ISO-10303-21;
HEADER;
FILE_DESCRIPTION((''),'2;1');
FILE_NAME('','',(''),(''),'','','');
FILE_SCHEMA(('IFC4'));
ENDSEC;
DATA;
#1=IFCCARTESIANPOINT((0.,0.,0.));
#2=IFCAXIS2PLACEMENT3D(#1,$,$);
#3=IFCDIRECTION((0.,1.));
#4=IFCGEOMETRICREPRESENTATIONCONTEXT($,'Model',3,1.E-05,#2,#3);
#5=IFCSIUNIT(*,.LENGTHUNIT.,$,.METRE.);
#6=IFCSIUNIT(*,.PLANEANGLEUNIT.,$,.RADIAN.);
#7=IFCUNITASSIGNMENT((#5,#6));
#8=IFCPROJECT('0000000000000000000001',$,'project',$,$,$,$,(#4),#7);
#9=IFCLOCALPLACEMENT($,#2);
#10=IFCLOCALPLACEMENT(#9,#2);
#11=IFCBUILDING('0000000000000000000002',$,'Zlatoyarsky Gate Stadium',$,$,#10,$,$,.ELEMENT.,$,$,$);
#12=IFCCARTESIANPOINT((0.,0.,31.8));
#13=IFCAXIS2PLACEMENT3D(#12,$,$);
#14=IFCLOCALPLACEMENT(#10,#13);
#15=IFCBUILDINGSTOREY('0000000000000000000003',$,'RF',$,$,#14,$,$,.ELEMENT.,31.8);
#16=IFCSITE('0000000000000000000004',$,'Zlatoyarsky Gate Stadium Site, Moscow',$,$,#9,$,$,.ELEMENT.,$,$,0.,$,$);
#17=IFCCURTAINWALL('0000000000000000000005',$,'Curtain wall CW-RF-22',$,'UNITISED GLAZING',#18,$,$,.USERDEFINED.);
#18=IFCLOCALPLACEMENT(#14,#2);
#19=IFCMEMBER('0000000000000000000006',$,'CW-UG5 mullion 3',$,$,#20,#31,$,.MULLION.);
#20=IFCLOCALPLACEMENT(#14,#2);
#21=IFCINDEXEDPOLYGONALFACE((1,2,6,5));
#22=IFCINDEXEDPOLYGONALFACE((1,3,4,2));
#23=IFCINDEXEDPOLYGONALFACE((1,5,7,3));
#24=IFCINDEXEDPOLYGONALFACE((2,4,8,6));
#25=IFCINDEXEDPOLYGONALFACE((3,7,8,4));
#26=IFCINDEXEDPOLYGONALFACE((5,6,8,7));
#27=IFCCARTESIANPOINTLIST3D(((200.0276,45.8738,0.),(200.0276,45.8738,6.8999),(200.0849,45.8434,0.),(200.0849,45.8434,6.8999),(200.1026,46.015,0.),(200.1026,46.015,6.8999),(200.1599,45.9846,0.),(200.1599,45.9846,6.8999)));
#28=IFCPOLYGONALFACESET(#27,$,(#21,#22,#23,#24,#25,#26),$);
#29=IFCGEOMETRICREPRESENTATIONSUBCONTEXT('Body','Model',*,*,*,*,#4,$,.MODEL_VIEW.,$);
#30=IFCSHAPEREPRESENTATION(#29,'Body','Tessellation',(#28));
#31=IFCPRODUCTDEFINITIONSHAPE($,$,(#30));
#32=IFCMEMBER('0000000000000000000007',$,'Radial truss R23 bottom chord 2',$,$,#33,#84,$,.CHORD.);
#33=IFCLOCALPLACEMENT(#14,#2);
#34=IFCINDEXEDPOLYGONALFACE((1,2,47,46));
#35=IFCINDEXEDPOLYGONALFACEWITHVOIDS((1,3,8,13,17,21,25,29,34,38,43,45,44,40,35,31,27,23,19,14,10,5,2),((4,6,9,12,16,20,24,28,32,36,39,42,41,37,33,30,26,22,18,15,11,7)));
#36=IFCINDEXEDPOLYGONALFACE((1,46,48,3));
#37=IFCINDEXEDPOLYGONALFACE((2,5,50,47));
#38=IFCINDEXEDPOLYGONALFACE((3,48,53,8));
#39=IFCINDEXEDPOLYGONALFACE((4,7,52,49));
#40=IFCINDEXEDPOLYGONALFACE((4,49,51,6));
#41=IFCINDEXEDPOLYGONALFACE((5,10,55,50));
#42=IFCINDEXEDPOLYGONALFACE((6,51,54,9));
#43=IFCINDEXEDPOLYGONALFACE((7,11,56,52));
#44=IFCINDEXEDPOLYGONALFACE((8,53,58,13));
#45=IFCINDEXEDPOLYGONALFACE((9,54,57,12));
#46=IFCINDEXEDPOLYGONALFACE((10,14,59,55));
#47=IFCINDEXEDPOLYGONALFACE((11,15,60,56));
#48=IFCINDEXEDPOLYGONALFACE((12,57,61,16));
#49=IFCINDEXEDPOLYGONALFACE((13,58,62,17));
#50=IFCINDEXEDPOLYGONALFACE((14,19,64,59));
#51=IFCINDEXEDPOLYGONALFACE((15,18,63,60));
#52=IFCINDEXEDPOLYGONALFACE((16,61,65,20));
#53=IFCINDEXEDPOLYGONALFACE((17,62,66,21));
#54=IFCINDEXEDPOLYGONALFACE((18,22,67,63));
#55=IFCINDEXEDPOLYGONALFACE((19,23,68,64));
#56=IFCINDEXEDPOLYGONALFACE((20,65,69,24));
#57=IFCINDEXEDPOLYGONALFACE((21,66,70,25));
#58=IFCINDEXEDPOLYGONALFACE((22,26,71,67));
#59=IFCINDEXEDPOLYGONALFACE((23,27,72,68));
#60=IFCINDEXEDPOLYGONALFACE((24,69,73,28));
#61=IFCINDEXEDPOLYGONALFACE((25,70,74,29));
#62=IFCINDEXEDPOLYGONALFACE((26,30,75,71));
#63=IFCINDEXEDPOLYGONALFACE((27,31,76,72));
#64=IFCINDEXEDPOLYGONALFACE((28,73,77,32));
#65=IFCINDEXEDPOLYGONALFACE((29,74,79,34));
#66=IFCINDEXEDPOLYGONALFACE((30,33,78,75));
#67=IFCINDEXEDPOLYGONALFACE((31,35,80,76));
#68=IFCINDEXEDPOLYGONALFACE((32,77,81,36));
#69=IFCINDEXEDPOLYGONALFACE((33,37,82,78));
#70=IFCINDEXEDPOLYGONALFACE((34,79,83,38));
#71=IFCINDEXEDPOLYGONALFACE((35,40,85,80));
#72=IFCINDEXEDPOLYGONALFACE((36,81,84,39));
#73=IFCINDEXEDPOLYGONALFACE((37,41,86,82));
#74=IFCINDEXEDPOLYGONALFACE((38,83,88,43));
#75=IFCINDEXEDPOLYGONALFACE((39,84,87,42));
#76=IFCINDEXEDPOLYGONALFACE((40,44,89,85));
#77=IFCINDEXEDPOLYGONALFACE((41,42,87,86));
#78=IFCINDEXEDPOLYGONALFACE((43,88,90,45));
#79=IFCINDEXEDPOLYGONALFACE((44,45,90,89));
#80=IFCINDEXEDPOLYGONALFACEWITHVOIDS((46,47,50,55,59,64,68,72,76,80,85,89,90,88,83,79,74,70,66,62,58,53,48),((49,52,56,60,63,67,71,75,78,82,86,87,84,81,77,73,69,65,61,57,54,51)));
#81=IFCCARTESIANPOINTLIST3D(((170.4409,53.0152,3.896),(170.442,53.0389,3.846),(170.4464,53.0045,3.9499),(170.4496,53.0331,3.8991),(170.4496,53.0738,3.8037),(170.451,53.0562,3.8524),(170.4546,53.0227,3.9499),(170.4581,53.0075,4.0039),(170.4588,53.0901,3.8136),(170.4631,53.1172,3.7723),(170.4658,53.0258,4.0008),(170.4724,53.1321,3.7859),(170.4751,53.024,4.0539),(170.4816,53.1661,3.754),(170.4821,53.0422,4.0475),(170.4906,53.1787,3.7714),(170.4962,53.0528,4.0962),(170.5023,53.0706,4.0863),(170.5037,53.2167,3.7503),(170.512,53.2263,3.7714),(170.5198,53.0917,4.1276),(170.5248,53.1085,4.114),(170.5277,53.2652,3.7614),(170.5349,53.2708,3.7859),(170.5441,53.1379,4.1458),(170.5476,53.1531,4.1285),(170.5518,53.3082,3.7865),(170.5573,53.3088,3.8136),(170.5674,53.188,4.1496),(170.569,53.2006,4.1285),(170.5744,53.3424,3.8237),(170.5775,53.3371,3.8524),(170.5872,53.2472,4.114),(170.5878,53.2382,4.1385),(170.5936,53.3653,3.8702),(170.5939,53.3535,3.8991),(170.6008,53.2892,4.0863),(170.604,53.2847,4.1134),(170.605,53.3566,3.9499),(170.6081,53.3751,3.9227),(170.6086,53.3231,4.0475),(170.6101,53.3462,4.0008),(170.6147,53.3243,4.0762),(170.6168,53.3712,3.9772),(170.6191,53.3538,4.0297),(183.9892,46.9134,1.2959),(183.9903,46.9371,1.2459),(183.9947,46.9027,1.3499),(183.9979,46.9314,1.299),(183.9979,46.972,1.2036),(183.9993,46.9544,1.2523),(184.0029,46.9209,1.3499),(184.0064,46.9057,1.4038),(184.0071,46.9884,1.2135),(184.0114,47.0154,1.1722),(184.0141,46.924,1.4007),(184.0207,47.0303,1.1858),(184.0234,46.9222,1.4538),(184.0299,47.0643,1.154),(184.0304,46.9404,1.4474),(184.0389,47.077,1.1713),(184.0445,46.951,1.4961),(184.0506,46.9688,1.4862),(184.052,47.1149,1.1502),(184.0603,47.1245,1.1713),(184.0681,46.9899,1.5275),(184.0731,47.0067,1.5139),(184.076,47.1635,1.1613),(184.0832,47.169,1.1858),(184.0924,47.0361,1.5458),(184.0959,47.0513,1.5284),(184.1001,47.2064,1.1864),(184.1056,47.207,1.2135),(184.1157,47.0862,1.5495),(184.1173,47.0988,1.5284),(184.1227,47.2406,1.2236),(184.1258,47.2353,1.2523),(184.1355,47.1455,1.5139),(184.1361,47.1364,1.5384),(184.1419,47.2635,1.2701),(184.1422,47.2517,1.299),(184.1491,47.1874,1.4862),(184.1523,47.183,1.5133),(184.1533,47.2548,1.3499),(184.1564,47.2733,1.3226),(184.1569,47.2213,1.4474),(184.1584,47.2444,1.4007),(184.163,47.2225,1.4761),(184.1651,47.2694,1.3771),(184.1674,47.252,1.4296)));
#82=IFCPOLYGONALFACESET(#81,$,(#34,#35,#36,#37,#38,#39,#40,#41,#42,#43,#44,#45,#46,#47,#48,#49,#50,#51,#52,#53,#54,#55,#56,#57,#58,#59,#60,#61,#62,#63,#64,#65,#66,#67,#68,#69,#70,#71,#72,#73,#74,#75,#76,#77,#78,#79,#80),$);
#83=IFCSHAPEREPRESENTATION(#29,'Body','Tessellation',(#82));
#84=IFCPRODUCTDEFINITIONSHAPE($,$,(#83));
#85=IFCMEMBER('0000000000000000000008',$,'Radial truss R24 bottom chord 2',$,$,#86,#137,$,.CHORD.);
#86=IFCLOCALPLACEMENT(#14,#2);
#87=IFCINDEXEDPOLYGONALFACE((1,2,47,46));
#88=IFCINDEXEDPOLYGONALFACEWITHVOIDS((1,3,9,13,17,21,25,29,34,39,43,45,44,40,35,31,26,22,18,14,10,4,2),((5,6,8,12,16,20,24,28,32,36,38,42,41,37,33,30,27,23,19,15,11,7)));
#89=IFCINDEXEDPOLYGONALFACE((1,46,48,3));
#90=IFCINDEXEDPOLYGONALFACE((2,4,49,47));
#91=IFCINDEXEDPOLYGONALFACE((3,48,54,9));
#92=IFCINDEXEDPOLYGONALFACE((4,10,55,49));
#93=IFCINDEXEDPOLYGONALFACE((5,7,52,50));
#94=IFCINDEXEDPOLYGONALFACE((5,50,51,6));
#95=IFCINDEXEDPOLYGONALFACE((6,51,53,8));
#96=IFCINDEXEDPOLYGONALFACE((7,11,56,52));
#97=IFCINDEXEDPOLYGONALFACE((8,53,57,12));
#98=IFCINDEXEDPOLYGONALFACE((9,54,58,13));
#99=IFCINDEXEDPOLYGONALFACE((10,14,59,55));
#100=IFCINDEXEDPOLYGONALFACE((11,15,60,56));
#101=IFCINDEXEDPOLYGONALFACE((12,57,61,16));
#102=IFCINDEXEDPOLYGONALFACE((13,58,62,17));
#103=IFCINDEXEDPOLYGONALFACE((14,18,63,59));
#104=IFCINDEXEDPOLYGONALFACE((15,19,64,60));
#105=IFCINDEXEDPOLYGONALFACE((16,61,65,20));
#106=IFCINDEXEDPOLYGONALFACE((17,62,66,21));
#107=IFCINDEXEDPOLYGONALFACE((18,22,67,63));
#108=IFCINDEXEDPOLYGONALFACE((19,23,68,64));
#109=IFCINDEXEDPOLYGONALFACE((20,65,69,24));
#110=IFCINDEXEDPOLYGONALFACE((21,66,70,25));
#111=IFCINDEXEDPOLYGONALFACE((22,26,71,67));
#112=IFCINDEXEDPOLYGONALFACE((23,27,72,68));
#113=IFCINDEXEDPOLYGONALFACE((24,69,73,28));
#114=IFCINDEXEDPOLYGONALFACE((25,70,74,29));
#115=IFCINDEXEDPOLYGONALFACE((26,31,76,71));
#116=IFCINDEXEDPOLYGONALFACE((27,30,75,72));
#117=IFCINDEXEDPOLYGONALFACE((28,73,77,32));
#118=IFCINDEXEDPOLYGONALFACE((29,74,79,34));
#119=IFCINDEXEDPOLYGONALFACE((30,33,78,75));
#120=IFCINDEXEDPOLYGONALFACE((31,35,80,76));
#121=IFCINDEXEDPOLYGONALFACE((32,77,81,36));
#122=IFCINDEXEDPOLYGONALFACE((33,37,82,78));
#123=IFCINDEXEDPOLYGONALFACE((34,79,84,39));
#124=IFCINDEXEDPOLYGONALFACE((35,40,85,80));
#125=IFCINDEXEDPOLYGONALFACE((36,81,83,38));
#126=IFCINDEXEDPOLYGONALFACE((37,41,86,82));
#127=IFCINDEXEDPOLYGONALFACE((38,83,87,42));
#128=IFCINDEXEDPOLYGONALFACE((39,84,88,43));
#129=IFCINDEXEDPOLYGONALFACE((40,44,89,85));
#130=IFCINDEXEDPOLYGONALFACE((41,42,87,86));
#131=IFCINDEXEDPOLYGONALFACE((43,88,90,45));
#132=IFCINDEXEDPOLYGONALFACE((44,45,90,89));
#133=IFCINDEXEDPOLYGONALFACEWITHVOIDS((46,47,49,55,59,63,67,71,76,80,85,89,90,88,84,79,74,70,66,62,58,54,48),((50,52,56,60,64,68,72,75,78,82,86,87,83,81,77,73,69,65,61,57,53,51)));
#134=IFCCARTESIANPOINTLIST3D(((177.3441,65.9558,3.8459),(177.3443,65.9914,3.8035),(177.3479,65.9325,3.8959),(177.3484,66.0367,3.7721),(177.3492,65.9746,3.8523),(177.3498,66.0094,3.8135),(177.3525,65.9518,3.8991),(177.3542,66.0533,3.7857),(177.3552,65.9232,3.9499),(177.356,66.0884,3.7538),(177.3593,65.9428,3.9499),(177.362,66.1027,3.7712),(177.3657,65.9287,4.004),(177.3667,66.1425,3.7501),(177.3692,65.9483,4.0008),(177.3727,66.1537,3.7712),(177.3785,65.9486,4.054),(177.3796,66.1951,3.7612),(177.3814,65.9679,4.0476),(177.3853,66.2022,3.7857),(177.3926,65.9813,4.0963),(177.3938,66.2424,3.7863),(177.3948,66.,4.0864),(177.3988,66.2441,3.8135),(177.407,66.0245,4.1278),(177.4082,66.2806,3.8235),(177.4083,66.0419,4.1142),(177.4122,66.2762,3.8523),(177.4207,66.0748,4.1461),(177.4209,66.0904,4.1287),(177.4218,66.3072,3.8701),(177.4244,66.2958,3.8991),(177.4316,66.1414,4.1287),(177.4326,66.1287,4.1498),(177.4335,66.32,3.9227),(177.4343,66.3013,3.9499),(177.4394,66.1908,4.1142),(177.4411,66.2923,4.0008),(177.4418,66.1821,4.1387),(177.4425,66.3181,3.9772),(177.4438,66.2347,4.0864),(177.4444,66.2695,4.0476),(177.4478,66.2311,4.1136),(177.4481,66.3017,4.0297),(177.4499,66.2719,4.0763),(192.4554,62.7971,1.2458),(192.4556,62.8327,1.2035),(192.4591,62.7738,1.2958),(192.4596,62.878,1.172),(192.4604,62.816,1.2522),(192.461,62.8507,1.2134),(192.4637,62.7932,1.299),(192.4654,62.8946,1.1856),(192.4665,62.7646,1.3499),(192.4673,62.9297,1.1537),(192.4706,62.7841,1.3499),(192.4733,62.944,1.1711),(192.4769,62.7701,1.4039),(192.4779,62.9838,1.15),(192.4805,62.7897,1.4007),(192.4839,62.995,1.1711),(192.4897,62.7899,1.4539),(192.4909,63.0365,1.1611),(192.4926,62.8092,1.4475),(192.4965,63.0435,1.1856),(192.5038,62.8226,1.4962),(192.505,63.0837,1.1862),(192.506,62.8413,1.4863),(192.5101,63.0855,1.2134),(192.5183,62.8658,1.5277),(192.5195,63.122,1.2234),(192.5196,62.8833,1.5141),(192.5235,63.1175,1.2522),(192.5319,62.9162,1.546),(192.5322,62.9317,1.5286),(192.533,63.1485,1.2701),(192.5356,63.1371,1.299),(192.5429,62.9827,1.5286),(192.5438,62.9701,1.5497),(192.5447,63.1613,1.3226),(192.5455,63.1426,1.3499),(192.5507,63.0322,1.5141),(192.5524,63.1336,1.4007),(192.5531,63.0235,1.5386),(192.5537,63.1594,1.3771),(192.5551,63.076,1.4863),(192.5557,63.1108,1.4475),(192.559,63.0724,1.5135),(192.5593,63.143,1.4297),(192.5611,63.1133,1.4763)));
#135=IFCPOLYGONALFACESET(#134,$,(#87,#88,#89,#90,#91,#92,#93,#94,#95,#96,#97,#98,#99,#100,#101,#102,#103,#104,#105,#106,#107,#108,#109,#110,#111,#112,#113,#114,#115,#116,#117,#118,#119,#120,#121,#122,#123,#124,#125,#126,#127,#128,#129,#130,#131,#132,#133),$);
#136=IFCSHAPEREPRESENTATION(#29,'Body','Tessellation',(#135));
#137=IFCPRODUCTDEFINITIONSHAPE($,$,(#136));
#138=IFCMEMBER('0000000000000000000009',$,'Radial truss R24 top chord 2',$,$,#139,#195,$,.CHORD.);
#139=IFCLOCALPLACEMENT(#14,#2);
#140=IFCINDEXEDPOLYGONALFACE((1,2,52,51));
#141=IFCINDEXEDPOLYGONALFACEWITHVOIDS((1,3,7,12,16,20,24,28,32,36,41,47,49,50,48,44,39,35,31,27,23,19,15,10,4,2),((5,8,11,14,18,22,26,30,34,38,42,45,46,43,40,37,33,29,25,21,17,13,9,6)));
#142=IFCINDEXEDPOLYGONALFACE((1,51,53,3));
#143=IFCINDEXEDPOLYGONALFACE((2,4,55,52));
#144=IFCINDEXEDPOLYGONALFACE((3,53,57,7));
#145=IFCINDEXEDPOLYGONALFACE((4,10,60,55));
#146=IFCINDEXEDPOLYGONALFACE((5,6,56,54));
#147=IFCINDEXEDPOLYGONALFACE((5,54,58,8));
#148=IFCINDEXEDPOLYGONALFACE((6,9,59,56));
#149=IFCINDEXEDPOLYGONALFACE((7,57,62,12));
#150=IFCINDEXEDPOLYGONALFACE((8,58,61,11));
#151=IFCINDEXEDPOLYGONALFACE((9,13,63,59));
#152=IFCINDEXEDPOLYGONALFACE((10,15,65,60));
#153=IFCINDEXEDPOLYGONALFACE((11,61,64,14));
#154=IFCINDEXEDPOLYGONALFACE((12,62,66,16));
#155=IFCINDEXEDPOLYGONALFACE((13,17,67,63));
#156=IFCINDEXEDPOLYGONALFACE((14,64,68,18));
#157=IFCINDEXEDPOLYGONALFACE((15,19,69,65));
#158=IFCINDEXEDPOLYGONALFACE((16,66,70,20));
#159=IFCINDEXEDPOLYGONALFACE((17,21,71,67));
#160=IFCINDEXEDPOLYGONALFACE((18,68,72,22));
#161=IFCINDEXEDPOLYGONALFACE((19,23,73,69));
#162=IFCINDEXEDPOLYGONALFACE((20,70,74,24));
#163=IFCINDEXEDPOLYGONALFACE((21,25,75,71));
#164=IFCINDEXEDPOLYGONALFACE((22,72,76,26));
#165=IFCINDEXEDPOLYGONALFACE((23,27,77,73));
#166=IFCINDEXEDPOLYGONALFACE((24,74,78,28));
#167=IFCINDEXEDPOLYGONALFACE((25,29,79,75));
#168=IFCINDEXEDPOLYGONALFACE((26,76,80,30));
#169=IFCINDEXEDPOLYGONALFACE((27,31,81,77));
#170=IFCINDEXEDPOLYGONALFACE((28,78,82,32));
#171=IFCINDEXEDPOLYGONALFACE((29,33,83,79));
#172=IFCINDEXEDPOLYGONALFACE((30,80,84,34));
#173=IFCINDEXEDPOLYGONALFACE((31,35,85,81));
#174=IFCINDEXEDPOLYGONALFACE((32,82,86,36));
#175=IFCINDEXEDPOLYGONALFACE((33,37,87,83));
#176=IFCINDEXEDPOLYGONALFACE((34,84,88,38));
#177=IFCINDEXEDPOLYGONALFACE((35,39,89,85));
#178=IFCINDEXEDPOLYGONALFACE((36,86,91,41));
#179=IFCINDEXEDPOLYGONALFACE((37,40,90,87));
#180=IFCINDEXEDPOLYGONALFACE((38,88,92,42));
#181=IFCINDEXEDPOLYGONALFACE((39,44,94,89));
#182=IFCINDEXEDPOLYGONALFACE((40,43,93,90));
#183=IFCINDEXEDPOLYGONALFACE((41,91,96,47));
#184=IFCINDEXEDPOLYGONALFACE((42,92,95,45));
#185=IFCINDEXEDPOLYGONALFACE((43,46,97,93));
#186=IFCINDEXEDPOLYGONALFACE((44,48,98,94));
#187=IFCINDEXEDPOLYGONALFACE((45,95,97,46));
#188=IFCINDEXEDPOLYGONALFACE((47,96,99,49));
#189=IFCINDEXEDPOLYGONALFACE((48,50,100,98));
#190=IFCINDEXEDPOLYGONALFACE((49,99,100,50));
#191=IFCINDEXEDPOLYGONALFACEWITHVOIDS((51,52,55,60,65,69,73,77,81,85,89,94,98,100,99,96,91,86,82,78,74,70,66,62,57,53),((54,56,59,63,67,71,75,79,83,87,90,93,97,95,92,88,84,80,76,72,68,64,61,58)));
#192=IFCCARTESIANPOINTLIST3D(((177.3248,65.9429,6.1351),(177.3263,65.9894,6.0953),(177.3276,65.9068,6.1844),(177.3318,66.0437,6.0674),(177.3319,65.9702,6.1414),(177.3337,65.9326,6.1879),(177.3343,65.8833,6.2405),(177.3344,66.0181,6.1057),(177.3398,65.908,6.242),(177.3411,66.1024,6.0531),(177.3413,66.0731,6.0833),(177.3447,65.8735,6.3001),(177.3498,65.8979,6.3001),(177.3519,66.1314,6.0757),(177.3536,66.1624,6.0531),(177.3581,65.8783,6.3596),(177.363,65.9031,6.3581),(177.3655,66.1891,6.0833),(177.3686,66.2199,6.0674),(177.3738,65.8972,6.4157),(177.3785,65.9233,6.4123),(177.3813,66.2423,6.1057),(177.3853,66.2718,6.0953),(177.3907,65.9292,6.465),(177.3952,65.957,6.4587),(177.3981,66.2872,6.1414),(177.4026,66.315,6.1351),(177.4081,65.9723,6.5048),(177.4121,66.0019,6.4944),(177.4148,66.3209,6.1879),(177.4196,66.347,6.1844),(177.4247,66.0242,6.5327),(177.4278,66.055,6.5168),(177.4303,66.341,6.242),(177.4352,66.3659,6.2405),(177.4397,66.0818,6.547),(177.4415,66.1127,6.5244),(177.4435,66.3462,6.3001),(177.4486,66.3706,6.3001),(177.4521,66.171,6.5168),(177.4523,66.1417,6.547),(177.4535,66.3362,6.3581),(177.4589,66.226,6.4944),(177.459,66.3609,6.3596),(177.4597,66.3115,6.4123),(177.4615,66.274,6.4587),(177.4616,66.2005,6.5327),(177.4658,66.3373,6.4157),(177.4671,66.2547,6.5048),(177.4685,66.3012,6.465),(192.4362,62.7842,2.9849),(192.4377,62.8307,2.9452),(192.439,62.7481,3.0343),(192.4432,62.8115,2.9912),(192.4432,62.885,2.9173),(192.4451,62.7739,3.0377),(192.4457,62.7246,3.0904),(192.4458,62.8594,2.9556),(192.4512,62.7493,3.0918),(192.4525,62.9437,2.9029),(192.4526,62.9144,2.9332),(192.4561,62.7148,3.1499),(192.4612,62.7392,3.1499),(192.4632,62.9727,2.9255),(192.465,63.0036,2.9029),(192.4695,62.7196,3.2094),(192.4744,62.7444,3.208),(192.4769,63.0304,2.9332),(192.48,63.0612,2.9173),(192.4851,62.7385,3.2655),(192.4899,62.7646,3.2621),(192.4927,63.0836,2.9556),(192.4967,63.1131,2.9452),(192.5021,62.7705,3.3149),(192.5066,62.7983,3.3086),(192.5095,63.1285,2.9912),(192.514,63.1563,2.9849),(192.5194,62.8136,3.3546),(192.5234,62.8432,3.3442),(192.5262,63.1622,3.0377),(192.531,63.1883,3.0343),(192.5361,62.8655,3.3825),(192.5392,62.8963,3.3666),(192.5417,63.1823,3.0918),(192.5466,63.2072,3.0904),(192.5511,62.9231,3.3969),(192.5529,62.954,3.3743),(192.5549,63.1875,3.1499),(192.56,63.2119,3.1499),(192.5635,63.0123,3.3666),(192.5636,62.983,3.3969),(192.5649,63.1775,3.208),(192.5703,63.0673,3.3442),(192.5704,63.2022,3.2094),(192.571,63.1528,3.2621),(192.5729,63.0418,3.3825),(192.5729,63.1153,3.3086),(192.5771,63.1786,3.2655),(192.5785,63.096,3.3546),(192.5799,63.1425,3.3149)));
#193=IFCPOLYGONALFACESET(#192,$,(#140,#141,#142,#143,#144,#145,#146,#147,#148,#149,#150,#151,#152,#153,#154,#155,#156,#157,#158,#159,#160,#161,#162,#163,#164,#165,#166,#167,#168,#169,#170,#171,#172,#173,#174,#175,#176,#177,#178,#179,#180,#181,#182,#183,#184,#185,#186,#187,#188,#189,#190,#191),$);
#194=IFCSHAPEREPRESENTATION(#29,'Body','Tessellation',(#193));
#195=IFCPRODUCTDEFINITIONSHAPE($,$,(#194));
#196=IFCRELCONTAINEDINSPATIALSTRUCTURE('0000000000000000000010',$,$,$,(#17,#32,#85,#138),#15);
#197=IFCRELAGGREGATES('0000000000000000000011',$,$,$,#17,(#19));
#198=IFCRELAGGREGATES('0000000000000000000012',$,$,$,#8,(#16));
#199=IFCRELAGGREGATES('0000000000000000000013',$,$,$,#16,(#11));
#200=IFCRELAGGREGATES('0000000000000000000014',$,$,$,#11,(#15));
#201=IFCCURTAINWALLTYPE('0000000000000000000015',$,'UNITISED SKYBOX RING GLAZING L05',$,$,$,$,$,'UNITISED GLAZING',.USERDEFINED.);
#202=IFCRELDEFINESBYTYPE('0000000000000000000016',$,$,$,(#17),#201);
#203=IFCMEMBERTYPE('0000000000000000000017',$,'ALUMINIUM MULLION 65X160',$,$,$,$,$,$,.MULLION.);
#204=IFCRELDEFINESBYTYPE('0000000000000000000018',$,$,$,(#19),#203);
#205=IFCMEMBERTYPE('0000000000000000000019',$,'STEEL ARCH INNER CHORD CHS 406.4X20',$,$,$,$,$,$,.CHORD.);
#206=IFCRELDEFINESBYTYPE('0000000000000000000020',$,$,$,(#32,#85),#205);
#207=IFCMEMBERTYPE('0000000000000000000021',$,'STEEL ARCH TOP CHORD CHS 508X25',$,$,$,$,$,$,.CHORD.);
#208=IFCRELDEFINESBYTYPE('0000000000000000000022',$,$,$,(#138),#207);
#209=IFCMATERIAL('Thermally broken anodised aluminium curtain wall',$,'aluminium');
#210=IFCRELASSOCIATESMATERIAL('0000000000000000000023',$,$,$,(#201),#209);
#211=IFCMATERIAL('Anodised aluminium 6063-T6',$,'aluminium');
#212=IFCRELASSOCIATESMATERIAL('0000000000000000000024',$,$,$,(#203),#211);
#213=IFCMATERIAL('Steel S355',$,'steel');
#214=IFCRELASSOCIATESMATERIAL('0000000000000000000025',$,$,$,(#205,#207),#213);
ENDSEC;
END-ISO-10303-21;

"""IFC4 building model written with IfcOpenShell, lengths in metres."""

from ifc_helpers import new_model, si_unit, direction, frame, origin, origin_2d, place, context, subcontext, project, spatial, rectangle, hollow_circle, extrude, material, material_profile, profile_set, type_object, element, aggregate, save


model = new_model("IFC4")

# Units and contexts
model_context = context("Model", 3, precision=1e-05, world=origin(), true_north=direction((0.0, 1.0)))
body_context = subcontext(model_context, "Body", "Model", "MODEL_VIEW")
ifc_project = project(units=[si_unit("LENGTHUNIT", "METRE"), si_unit("PLANEANGLEUNIT", "RADIAN")], contexts=[model_context])

# Site, building, storey
site_placement = place(None, origin())
site = spatial("IfcSite", under=ifc_project, at=site_placement, Name="Zlatoyarsky Gate Stadium Site, Moscow", CompositionType="ELEMENT", RefElevation=0.0)
building_placement = place(site_placement, origin())
building = spatial("IfcBuilding", under=site, at=building_placement, Name="Zlatoyarsky Gate Stadium", CompositionType="ELEMENT")
storey_placement = place(building_placement, frame((0.0, 0.0, 31.8)))
storey = spatial("IfcBuildingStorey", under=building, at=storey_placement, Name="RF", CompositionType="ELEMENT", Elevation=31.8)

# Curtain wall, member
ifc_material_1 = material(Name="Thermally broken anodised aluminium curtain wall", Category="aluminium")
curtain_wall_type = type_object("IfcCurtainWallType", Name="UNITISED SKYBOX RING GLAZING L05", ElementType="UNITISED GLAZING", PredefinedType="USERDEFINED", material=ifc_material_1)
curtain_wall_placement = place(storey_placement, origin())
curtain_wall = element("IfcCurtainWall", 1, at=curtain_wall_placement, inside=storey, type_object=curtain_wall_type, Name="Curtain wall CW-RF-22", ObjectType="UNITISED GLAZING", PredefinedType="USERDEFINED")
ifc_material_2 = material(Name="Anodised aluminium 6063-T6", Category="aluminium")
ifc_material_profile_1 = material_profile(ifc_material_2, rectangle(XDim=0.0649, YDim=0.1599, at=origin_2d()), Name="ALU 65X160")
ifc_profile_set_1 = profile_set([ifc_material_profile_1], Name="Anodised aluminium 6063-T6")
member_type_1 = type_object("IfcMemberType", Name="ALUMINIUM MULLION 65X160", PredefinedType="MULLION", material=ifc_profile_set_1)
member_1_placement = place(storey_placement, frame((200.0938, 45.9292, 0.0), z_axis=(0.0, 0.0, 1.0), x_axis=(-0.883131, 0.469127, 0.0)))
member_1 = element("IfcMember", 2, at=member_1_placement, type_object=member_type_1, Name="CW-UG5 mullion 3", PredefinedType="MULLION", context=body_context, shape_type="SweptSolid", body=[
    extrude(rectangle(XDim=0.0649, YDim=0.1599, at=origin_2d()), origin(), (0.0, 0.0, 1.0), 6.8999),
])

# Members
ifc_material_3 = material(Name="Steel S355", Category="steel")
ifc_material_profile_2 = material_profile(ifc_material_3, hollow_circle(Radius=0.2031, WallThickness=0.02, at=origin_2d()), Name="CHS 406.4X20")
ifc_profile_set_2 = profile_set([ifc_material_profile_2], Name="Steel S355")
member_type_2 = type_object("IfcMemberType", Name="STEEL ARCH INNER CHORD CHS 406.4X20", PredefinedType="CHORD", material=ifc_profile_set_2)
member_2_placement = place(storey_placement, frame((184.0781, 47.0879, 1.3499), z_axis=(-0.898147, 0.404501, 0.172366), x_axis=(-0.410647, -0.911794, 0.0)))
element("IfcMember", 3, at=member_2_placement, inside=storey, type_object=member_type_2, Name="Radial truss R23 bottom chord 2", PredefinedType="CHORD", context=body_context, shape_type="SweptSolid", body=[
    extrude(hollow_circle(Radius=0.2031, WallThickness=0.02, at=origin_2d()), origin(), (0.0, 0.0, 1.0), 15.0847),
])
member_3_placement = place(storey_placement, frame((192.5081, 62.9634, 1.3499), z_axis=(-0.96525, 0.201764, 0.166084), x_axis=(-0.204606, -0.978844, 0.0)))
element("IfcMember", 4, at=member_3_placement, inside=storey, type_object=member_type_2, Name="Radial truss R24 bottom chord 2", PredefinedType="CHORD", context=body_context, shape_type="SweptSolid", body=[
    extrude(hollow_circle(Radius=0.2031, WallThickness=0.02, at=origin_2d()), origin(), (0.0, 0.0, 1.0), 15.6553),
])
ifc_material_profile_3 = material_profile(ifc_material_3, hollow_circle(Radius=0.2539, WallThickness=0.0249, at=origin_2d()), Name="CHS 508X25")
ifc_profile_set_3 = profile_set([ifc_material_profile_3], Name="Steel S355")
member_type_3 = type_object("IfcMemberType", Name="STEEL ARCH TOP CHORD CHS 508X25", PredefinedType="CHORD", material=ifc_profile_set_3)
member_4_placement = place(storey_placement, frame((192.5081, 62.9634, 3.1499), z_axis=(-0.959081, 0.200475, 0.199933), x_axis=(-0.204606, -0.978844, 0.0)))
element("IfcMember", 5, at=member_4_placement, inside=storey, type_object=member_type_3, Name="Radial truss R24 top chord 2", PredefinedType="CHORD", context=body_context, shape_type="SweptSolid", body=[
    extrude(hollow_circle(Radius=0.2539, WallThickness=0.0249, at=origin_2d()), origin(), (0.0, 0.0, 1.0), 15.7561),
])

aggregate(curtain_wall, [member_1])

save(model, "model.ifc")
